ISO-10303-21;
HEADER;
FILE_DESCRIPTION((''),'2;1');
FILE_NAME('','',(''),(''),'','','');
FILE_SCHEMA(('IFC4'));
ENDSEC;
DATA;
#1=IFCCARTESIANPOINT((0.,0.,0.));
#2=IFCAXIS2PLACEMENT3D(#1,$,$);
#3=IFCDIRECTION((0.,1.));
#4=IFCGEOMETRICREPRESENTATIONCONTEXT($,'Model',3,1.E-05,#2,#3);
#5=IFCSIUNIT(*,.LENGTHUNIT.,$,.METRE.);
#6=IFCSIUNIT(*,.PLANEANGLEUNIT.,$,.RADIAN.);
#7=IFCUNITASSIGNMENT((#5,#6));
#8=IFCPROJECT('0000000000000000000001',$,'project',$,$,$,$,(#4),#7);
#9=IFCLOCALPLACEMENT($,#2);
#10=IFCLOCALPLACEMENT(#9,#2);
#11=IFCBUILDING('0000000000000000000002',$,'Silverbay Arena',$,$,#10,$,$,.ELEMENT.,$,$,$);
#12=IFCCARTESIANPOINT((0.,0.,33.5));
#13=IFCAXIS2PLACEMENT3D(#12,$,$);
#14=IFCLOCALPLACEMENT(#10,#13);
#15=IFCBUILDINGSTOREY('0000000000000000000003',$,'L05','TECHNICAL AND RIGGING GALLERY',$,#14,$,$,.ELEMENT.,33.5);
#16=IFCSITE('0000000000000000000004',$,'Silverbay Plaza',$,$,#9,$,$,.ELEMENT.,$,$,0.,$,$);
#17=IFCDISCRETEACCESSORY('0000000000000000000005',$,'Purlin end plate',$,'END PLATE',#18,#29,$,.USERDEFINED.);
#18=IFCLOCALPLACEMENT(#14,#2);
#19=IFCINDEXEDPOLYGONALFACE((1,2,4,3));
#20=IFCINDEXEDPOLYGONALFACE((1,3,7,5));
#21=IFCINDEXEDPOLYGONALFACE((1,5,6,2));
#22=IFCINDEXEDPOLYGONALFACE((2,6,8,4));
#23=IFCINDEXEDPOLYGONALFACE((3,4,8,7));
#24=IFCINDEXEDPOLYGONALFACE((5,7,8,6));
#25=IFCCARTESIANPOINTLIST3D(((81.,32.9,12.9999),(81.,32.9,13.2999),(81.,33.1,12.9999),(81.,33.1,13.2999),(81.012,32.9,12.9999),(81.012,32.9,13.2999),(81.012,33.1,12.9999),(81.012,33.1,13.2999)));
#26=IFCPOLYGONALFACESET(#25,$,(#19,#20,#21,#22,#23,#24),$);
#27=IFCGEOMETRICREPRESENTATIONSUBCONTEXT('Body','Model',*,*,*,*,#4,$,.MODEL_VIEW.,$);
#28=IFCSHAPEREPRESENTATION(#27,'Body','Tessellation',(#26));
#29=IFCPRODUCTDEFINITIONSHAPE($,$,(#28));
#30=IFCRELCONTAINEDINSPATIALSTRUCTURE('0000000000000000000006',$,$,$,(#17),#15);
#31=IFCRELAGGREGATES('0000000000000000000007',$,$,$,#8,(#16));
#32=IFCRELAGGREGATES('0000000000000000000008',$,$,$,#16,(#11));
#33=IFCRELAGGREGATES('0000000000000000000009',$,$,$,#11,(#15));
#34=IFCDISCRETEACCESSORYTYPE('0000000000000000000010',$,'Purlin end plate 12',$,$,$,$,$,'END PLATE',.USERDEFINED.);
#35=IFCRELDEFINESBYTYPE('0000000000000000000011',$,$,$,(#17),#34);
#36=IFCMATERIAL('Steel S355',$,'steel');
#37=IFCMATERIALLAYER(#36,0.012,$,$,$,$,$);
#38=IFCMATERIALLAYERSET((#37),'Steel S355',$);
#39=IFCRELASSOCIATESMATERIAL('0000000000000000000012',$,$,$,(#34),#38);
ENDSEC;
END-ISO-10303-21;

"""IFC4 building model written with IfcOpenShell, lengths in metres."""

from ifc_helpers import new_model, si_unit, direction, frame, origin, origin_2d, place, context, subcontext, project, spatial, rectangle, extrude, material, layer, layer_set, type_object, element, save


model = new_model("IFC4")

# Units and contexts
model_context = context("Model", 3, precision=1e-05, world=origin(), true_north=direction((0.0, 1.0)))
body_context = subcontext(model_context, "Body", "Model", "MODEL_VIEW")
ifc_project = project(units=[si_unit("LENGTHUNIT", "METRE"), si_unit("PLANEANGLEUNIT", "RADIAN")], contexts=[model_context])

# Site, building, storey
site_placement = place(None, origin())
site = spatial("IfcSite", under=ifc_project, at=site_placement, Name="Silverbay Plaza", CompositionType="ELEMENT", RefElevation=0.0)
building_placement = place(site_placement, origin())
building = spatial("IfcBuilding", under=site, at=building_placement, Name="Silverbay Arena", CompositionType="ELEMENT")
storey_placement = place(building_placement, frame((0.0, 0.0, 33.5)))
storey = spatial("IfcBuildingStorey", under=building, at=storey_placement, Name="L05", Description="TECHNICAL AND RIGGING GALLERY", CompositionType="ELEMENT", Elevation=33.5)

# Discrete accessory
ifc_material_1 = material(Name="Steel S355", Category="steel")
ifc_layer_1 = layer(ifc_material_1, 0.012)
ifc_layer_set_1 = layer_set([ifc_layer_1], Name="Steel S355")
discrete_accessory_type_1 = type_object("IfcDiscreteAccessoryType", Name="Purlin end plate 12", ElementType="END PLATE", PredefinedType="USERDEFINED", material=ifc_layer_set_1)
for number, where, z_axis, x_axis, name in (
    (1, (81.0, 33.0, 13.1499), (1.0, 0.0, 0.0), (0.0, 1.0, 0.0), "Purlin end plate"),
):
    element("IfcDiscreteAccessory", number, at=place(storey_placement, frame(where, z_axis=z_axis, x_axis=x_axis)), inside=storey, type_object=discrete_accessory_type_1, Name=name, ObjectType="END PLATE", PredefinedType="USERDEFINED", context=body_context, shape_type="SweptSolid", body=[
        extrude(rectangle(XDim=0.2, YDim=0.3, at=origin_2d()), origin(), (0.0, 0.0, 1.0), 0.012),
    ])

save(model, "model.ifc")
